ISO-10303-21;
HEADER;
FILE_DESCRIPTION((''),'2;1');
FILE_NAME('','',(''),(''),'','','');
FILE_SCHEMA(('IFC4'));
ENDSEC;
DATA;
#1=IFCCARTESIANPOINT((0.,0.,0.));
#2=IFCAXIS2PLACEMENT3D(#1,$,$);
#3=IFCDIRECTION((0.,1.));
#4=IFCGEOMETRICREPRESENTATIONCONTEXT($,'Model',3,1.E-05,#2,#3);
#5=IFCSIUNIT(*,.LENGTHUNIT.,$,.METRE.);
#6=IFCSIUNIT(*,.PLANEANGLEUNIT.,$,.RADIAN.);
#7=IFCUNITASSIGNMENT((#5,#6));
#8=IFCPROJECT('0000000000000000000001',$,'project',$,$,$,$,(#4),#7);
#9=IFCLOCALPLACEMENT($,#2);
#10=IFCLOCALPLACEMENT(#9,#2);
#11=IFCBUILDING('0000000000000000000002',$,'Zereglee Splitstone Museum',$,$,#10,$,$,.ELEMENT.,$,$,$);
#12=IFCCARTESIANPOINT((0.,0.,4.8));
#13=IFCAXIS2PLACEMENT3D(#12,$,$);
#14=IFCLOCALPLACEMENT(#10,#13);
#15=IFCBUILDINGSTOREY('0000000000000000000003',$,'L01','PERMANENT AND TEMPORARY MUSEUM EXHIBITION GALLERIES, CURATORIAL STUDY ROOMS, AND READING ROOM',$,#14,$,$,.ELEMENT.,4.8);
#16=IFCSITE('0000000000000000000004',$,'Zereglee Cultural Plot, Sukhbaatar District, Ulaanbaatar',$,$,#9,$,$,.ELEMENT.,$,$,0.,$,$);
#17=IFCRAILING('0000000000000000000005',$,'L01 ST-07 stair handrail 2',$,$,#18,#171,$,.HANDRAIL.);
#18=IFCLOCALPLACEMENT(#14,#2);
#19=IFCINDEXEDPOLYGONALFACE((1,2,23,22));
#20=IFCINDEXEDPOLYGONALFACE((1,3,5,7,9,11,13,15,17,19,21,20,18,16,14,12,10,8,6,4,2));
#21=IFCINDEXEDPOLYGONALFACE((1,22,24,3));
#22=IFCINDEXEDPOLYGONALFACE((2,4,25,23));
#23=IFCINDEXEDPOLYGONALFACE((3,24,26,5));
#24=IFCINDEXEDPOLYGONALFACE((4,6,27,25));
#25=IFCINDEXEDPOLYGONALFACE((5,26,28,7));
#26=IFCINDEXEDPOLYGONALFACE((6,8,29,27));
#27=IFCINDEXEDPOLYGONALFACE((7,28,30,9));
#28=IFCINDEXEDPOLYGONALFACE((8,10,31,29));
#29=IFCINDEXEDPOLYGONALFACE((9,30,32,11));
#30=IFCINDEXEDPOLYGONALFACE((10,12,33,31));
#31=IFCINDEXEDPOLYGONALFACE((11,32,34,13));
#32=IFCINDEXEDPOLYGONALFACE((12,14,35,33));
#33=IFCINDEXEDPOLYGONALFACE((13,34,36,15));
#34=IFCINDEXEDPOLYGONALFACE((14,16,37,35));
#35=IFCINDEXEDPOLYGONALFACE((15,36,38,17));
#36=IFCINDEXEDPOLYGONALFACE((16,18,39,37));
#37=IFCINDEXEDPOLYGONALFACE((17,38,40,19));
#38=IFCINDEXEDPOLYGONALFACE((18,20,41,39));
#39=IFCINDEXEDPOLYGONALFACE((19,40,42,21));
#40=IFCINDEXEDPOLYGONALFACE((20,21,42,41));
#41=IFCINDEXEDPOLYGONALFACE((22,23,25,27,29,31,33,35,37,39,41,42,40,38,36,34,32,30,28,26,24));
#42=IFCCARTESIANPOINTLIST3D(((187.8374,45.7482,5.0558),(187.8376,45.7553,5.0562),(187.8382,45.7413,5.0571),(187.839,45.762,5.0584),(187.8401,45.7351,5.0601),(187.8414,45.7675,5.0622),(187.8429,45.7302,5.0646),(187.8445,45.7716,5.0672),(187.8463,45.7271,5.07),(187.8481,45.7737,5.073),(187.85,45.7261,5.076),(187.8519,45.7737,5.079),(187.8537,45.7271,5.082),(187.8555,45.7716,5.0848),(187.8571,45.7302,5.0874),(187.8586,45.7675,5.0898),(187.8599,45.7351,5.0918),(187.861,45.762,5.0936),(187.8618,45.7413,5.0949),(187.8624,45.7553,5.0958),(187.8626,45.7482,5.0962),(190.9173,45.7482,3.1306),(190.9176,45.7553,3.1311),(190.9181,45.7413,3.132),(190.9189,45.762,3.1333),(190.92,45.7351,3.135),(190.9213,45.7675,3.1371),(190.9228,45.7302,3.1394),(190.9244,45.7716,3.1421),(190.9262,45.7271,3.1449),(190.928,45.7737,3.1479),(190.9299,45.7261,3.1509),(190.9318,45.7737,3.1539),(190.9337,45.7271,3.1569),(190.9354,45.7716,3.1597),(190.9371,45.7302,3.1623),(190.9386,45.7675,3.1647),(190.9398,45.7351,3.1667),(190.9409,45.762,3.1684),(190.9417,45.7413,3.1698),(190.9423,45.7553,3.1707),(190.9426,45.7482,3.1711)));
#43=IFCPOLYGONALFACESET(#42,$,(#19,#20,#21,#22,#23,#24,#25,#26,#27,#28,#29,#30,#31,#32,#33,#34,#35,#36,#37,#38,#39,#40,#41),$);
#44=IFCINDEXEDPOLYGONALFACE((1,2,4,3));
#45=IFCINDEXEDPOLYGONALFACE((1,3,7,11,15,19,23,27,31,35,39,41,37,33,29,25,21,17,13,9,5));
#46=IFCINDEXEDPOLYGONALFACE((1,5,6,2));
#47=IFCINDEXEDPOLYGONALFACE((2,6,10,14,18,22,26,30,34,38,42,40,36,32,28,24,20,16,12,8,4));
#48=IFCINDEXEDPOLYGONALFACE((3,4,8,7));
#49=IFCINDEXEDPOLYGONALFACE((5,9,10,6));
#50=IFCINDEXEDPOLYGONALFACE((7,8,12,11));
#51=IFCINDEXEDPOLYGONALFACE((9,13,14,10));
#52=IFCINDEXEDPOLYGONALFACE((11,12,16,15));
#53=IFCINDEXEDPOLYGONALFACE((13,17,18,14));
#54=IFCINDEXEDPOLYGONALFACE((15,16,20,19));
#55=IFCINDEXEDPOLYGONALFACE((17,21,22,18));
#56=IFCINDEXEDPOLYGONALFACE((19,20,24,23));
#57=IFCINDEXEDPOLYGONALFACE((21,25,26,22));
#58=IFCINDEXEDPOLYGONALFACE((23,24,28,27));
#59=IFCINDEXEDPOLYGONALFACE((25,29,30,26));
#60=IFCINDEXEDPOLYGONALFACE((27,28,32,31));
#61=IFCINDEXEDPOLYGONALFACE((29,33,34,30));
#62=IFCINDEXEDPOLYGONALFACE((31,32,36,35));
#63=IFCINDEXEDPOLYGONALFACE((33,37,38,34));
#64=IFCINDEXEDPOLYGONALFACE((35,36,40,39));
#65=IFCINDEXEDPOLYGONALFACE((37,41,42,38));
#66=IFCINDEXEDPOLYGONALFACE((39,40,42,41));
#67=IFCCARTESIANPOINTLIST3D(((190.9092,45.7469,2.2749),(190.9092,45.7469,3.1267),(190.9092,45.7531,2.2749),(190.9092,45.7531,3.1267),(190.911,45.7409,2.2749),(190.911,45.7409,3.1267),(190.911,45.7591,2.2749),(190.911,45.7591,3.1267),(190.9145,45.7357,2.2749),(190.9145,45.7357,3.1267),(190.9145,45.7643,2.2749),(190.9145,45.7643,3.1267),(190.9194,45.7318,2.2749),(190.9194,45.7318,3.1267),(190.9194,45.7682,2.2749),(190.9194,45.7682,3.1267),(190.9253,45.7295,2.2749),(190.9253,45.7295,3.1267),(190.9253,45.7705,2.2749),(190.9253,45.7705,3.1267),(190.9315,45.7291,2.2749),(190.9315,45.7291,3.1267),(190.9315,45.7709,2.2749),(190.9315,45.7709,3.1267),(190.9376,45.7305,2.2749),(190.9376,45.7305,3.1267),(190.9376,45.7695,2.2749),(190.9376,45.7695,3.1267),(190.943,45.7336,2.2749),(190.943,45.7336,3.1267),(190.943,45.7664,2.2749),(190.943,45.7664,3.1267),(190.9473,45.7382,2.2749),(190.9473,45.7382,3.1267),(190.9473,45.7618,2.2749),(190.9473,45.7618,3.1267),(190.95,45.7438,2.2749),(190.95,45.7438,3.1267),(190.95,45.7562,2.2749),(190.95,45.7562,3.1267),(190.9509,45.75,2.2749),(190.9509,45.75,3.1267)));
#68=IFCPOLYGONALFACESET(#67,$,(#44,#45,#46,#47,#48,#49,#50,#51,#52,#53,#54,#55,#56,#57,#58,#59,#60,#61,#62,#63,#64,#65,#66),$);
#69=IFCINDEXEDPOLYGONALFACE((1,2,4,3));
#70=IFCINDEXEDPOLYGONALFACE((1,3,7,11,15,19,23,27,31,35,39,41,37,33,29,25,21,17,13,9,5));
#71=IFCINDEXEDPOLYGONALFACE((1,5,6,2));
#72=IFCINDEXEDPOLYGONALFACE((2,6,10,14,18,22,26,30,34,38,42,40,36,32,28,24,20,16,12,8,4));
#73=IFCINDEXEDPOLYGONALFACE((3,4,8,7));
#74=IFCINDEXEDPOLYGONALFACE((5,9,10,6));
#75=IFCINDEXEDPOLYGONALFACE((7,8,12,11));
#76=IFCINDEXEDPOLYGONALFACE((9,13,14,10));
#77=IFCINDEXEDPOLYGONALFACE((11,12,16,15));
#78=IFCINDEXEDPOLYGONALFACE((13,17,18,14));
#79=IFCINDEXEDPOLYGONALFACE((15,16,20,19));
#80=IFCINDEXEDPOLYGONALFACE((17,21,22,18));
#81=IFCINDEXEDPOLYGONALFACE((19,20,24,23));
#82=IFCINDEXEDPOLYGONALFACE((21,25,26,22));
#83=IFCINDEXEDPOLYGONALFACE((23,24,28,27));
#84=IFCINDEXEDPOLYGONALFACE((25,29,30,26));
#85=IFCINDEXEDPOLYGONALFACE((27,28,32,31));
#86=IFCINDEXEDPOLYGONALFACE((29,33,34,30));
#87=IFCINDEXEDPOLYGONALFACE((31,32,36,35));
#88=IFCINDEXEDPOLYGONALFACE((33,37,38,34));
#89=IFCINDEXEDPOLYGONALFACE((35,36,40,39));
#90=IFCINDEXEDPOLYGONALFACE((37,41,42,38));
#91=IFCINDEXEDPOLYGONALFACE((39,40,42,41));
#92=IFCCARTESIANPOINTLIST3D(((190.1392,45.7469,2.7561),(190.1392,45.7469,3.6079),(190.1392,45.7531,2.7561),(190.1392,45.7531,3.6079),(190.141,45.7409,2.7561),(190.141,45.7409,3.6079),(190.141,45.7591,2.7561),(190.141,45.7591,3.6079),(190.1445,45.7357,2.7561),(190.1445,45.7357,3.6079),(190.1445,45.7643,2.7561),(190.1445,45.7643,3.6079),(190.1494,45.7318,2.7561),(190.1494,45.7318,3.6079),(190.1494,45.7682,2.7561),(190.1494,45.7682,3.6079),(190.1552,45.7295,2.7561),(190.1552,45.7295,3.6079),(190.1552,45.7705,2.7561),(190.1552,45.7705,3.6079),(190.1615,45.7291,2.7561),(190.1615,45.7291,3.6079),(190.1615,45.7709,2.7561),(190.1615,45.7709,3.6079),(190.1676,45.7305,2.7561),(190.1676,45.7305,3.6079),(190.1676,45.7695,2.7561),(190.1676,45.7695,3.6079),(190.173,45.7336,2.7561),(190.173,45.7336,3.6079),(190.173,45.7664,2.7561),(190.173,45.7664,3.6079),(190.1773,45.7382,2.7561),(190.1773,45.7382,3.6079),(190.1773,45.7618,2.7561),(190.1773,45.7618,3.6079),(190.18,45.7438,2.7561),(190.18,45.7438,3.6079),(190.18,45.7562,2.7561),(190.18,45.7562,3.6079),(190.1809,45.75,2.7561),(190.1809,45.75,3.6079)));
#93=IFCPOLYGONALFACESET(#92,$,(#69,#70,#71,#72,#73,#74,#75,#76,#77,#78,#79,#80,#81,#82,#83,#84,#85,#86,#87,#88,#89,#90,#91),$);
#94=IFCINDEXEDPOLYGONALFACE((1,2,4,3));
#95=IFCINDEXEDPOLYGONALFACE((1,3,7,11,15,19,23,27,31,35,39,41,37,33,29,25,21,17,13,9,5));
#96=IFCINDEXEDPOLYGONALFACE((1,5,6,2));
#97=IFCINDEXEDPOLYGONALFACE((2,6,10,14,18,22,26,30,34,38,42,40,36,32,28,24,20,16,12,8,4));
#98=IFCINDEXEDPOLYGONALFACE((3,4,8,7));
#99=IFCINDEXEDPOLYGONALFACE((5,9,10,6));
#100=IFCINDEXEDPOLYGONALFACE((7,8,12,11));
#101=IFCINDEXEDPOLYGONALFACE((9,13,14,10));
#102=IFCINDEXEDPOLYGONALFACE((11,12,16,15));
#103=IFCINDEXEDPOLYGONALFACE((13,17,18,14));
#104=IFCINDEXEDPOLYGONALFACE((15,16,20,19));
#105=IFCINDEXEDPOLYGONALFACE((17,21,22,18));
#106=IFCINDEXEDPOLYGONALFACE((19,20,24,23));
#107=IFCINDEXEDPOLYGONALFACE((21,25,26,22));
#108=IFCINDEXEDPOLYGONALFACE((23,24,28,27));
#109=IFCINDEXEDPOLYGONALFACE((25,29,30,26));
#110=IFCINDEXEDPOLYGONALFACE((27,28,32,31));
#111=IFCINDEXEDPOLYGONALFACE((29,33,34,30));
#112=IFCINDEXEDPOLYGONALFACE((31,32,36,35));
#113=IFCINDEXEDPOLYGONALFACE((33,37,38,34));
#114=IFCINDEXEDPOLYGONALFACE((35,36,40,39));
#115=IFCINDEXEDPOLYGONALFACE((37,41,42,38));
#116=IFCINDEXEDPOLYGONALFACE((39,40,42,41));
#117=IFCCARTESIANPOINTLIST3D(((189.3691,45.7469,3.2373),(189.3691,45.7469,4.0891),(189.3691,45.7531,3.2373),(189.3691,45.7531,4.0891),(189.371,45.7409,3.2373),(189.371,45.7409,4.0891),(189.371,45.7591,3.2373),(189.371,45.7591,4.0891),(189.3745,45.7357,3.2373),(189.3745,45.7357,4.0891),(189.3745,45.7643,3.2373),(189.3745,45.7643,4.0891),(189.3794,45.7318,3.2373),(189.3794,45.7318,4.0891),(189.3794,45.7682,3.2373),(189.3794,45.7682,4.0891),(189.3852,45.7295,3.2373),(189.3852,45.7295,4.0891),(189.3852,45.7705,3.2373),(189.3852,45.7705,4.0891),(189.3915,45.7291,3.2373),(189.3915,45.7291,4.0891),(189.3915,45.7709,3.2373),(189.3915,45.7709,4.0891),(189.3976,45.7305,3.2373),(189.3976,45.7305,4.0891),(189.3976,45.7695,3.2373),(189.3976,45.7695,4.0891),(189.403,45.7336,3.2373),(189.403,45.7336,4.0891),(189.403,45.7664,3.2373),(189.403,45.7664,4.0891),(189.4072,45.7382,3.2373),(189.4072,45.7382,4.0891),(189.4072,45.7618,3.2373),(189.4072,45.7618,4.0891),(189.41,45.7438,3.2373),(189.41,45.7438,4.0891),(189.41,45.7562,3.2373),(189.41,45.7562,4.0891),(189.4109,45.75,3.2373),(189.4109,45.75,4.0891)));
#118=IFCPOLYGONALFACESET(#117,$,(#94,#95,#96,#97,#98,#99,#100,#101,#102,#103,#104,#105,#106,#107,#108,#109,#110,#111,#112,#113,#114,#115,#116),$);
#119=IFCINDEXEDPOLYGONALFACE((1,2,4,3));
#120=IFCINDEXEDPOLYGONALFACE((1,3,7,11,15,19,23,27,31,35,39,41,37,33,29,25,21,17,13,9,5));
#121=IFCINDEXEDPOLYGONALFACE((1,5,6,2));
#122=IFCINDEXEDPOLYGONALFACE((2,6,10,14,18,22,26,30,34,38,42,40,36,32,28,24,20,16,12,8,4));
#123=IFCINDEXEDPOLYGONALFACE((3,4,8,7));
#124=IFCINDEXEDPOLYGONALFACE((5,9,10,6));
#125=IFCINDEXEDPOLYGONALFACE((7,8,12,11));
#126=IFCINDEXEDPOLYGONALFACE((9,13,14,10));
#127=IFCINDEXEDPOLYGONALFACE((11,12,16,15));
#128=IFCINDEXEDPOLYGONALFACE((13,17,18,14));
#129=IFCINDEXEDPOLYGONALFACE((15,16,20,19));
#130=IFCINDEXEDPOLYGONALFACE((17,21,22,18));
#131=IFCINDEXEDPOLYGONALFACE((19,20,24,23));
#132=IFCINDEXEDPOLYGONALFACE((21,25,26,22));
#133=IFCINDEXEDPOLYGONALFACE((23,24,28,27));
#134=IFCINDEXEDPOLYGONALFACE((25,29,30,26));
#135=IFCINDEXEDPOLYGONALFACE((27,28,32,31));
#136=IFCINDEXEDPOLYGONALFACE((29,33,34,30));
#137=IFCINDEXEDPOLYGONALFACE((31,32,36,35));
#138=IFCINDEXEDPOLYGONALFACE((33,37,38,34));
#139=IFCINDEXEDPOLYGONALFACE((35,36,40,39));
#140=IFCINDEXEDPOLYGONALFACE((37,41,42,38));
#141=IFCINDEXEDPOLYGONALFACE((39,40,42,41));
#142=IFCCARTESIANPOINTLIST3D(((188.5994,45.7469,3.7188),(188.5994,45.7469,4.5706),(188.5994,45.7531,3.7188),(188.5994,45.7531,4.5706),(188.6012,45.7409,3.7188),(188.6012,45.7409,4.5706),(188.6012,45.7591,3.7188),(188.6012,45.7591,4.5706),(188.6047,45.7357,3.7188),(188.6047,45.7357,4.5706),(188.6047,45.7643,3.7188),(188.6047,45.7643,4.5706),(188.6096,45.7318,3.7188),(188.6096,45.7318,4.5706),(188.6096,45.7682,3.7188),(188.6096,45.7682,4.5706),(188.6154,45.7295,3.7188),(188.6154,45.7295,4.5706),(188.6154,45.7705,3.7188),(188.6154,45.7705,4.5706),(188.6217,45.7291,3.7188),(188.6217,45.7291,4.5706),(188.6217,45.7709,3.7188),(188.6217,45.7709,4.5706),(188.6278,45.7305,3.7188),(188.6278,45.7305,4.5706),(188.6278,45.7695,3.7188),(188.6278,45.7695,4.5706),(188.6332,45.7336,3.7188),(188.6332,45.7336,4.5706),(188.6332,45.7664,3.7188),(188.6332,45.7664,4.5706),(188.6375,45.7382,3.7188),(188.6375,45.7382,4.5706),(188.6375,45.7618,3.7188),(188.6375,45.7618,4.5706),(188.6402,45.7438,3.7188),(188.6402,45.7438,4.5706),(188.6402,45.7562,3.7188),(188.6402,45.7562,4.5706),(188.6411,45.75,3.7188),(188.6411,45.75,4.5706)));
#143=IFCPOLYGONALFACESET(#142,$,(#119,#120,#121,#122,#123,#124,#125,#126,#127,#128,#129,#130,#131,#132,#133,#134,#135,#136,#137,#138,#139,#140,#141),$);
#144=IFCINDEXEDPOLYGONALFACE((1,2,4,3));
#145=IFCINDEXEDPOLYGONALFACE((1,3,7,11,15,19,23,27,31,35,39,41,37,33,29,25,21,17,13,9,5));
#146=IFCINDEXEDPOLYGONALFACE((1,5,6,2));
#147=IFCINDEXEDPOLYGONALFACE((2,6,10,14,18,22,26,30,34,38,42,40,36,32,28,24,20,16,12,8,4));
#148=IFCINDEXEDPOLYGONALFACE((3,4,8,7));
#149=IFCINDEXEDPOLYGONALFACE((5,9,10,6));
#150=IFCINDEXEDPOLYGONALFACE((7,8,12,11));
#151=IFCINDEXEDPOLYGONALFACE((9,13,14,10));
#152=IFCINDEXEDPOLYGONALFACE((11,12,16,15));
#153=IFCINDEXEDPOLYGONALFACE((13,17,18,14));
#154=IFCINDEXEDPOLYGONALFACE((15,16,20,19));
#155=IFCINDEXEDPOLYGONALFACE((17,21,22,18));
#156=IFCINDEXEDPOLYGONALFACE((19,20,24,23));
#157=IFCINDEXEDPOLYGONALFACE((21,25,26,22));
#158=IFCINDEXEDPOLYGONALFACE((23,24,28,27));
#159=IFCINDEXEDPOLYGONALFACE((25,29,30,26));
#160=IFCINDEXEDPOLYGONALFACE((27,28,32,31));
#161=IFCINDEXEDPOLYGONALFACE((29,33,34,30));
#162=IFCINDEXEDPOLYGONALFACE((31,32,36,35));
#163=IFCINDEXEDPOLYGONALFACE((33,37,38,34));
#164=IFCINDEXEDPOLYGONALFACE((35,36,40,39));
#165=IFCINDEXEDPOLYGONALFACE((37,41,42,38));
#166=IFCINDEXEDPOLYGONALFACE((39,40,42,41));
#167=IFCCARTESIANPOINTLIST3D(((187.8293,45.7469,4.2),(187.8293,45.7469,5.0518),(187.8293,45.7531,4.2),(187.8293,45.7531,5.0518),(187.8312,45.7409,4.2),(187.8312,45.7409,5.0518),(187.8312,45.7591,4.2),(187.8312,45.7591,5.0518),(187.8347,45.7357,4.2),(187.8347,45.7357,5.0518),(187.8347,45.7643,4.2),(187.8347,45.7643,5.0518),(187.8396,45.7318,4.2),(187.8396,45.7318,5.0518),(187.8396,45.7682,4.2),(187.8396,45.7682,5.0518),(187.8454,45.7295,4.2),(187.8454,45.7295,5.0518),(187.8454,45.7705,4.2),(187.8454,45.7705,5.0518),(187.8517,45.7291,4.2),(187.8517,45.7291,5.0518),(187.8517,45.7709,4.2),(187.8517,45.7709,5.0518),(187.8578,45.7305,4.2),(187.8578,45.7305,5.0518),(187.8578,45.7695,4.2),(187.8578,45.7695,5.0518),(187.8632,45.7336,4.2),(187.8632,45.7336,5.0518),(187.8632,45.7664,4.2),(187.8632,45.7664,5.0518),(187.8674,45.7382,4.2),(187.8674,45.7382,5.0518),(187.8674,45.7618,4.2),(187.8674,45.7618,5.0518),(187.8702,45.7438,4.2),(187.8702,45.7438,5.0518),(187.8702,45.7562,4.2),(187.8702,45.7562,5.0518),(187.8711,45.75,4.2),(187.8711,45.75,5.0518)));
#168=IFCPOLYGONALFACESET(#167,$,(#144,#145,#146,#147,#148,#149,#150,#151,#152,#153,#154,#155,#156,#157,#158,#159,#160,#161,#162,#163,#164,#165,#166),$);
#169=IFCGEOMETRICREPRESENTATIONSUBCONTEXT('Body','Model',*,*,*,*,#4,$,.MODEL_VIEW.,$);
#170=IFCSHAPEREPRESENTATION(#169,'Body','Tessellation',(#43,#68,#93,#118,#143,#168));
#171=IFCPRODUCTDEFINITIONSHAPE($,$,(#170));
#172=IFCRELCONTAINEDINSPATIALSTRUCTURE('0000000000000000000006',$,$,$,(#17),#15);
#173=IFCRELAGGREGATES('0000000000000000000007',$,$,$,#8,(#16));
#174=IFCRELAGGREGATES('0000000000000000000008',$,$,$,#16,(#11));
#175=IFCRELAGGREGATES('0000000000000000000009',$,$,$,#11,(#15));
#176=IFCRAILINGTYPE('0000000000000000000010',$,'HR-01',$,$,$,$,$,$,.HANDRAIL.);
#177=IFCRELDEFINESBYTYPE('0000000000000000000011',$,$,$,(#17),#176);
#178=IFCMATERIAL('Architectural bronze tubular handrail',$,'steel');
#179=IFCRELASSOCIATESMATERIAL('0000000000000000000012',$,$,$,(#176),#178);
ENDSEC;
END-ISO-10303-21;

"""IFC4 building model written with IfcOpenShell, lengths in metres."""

from ifc_helpers import new_model, si_unit, direction, frame, origin, origin_2d, place, context, subcontext, project, spatial, circle, extrude, material, type_object, element, save


model = new_model("IFC4")

# Units and contexts
model_context = context("Model", 3, precision=1e-05, world=origin(), true_north=direction((0.0, 1.0)))
body_context = subcontext(model_context, "Body", "Model", "MODEL_VIEW")
ifc_project = project(units=[si_unit("LENGTHUNIT", "METRE"), si_unit("PLANEANGLEUNIT", "RADIAN")], contexts=[model_context])

# Site, building, storey
site_placement = place(None, origin())
site = spatial("IfcSite", under=ifc_project, at=site_placement, Name="Zereglee Cultural Plot, Sukhbaatar District, Ulaanbaatar", CompositionType="ELEMENT", RefElevation=0.0)
building_placement = place(site_placement, origin())
building = spatial("IfcBuilding", under=site, at=building_placement, Name="Zereglee Splitstone Museum", CompositionType="ELEMENT")
storey_placement = place(building_placement, frame((0.0, 0.0, 4.8)))
storey = spatial("IfcBuildingStorey", under=building, at=storey_placement, Name="L01", Description="PERMANENT AND TEMPORARY MUSEUM EXHIBITION GALLERIES, CURATORIAL STUDY ROOMS, AND READING ROOM", CompositionType="ELEMENT", Elevation=4.8)

# Railing
ifc_material_1 = material(Name="Architectural bronze tubular handrail", Category="steel")
railing_type_1 = type_object("IfcRailingType", Name="HR-01", PredefinedType="HANDRAIL", material=ifc_material_1)
railing_1_placement = place(storey_placement, frame((190.9299, 45.75, 2.2749)))
element("IfcRailing", 1, at=railing_1_placement, inside=storey, type_object=railing_type_1, Name="L01 ST-07 stair handrail 2", PredefinedType="HANDRAIL", context=body_context, shape_type="SweptSolid", body=[
    extrude(circle(Radius=0.0239, at=origin_2d()), frame((0.0, 0.0, 0.876), z_axis=(-0.847979, 0.0, 0.530029), x_axis=(0.0, -1.0, 0.0)), (0.0, 0.0, 1.0), 3.6321),
    extrude(circle(Radius=0.021, at=origin_2d()), origin(), (0.0, 0.0, 1.0), 0.8518),
    extrude(circle(Radius=0.021, at=origin_2d()), frame((-0.77, 0.0, 0.4812)), (0.0, 0.0, 1.0), 0.8518),
    extrude(circle(Radius=0.021, at=origin_2d()), frame((-1.54, 0.0, 0.9624)), (0.0, 0.0, 1.0), 0.8518),
    extrude(circle(Radius=0.021, at=origin_2d()), frame((-2.3098, 0.0, 1.4438)), (0.0, 0.0, 1.0), 0.8518),
    extrude(circle(Radius=0.021, at=origin_2d()), frame((-3.0798, 0.0, 1.925)), (0.0, 0.0, 1.0), 0.8518),
])

save(model, "model.ifc")
